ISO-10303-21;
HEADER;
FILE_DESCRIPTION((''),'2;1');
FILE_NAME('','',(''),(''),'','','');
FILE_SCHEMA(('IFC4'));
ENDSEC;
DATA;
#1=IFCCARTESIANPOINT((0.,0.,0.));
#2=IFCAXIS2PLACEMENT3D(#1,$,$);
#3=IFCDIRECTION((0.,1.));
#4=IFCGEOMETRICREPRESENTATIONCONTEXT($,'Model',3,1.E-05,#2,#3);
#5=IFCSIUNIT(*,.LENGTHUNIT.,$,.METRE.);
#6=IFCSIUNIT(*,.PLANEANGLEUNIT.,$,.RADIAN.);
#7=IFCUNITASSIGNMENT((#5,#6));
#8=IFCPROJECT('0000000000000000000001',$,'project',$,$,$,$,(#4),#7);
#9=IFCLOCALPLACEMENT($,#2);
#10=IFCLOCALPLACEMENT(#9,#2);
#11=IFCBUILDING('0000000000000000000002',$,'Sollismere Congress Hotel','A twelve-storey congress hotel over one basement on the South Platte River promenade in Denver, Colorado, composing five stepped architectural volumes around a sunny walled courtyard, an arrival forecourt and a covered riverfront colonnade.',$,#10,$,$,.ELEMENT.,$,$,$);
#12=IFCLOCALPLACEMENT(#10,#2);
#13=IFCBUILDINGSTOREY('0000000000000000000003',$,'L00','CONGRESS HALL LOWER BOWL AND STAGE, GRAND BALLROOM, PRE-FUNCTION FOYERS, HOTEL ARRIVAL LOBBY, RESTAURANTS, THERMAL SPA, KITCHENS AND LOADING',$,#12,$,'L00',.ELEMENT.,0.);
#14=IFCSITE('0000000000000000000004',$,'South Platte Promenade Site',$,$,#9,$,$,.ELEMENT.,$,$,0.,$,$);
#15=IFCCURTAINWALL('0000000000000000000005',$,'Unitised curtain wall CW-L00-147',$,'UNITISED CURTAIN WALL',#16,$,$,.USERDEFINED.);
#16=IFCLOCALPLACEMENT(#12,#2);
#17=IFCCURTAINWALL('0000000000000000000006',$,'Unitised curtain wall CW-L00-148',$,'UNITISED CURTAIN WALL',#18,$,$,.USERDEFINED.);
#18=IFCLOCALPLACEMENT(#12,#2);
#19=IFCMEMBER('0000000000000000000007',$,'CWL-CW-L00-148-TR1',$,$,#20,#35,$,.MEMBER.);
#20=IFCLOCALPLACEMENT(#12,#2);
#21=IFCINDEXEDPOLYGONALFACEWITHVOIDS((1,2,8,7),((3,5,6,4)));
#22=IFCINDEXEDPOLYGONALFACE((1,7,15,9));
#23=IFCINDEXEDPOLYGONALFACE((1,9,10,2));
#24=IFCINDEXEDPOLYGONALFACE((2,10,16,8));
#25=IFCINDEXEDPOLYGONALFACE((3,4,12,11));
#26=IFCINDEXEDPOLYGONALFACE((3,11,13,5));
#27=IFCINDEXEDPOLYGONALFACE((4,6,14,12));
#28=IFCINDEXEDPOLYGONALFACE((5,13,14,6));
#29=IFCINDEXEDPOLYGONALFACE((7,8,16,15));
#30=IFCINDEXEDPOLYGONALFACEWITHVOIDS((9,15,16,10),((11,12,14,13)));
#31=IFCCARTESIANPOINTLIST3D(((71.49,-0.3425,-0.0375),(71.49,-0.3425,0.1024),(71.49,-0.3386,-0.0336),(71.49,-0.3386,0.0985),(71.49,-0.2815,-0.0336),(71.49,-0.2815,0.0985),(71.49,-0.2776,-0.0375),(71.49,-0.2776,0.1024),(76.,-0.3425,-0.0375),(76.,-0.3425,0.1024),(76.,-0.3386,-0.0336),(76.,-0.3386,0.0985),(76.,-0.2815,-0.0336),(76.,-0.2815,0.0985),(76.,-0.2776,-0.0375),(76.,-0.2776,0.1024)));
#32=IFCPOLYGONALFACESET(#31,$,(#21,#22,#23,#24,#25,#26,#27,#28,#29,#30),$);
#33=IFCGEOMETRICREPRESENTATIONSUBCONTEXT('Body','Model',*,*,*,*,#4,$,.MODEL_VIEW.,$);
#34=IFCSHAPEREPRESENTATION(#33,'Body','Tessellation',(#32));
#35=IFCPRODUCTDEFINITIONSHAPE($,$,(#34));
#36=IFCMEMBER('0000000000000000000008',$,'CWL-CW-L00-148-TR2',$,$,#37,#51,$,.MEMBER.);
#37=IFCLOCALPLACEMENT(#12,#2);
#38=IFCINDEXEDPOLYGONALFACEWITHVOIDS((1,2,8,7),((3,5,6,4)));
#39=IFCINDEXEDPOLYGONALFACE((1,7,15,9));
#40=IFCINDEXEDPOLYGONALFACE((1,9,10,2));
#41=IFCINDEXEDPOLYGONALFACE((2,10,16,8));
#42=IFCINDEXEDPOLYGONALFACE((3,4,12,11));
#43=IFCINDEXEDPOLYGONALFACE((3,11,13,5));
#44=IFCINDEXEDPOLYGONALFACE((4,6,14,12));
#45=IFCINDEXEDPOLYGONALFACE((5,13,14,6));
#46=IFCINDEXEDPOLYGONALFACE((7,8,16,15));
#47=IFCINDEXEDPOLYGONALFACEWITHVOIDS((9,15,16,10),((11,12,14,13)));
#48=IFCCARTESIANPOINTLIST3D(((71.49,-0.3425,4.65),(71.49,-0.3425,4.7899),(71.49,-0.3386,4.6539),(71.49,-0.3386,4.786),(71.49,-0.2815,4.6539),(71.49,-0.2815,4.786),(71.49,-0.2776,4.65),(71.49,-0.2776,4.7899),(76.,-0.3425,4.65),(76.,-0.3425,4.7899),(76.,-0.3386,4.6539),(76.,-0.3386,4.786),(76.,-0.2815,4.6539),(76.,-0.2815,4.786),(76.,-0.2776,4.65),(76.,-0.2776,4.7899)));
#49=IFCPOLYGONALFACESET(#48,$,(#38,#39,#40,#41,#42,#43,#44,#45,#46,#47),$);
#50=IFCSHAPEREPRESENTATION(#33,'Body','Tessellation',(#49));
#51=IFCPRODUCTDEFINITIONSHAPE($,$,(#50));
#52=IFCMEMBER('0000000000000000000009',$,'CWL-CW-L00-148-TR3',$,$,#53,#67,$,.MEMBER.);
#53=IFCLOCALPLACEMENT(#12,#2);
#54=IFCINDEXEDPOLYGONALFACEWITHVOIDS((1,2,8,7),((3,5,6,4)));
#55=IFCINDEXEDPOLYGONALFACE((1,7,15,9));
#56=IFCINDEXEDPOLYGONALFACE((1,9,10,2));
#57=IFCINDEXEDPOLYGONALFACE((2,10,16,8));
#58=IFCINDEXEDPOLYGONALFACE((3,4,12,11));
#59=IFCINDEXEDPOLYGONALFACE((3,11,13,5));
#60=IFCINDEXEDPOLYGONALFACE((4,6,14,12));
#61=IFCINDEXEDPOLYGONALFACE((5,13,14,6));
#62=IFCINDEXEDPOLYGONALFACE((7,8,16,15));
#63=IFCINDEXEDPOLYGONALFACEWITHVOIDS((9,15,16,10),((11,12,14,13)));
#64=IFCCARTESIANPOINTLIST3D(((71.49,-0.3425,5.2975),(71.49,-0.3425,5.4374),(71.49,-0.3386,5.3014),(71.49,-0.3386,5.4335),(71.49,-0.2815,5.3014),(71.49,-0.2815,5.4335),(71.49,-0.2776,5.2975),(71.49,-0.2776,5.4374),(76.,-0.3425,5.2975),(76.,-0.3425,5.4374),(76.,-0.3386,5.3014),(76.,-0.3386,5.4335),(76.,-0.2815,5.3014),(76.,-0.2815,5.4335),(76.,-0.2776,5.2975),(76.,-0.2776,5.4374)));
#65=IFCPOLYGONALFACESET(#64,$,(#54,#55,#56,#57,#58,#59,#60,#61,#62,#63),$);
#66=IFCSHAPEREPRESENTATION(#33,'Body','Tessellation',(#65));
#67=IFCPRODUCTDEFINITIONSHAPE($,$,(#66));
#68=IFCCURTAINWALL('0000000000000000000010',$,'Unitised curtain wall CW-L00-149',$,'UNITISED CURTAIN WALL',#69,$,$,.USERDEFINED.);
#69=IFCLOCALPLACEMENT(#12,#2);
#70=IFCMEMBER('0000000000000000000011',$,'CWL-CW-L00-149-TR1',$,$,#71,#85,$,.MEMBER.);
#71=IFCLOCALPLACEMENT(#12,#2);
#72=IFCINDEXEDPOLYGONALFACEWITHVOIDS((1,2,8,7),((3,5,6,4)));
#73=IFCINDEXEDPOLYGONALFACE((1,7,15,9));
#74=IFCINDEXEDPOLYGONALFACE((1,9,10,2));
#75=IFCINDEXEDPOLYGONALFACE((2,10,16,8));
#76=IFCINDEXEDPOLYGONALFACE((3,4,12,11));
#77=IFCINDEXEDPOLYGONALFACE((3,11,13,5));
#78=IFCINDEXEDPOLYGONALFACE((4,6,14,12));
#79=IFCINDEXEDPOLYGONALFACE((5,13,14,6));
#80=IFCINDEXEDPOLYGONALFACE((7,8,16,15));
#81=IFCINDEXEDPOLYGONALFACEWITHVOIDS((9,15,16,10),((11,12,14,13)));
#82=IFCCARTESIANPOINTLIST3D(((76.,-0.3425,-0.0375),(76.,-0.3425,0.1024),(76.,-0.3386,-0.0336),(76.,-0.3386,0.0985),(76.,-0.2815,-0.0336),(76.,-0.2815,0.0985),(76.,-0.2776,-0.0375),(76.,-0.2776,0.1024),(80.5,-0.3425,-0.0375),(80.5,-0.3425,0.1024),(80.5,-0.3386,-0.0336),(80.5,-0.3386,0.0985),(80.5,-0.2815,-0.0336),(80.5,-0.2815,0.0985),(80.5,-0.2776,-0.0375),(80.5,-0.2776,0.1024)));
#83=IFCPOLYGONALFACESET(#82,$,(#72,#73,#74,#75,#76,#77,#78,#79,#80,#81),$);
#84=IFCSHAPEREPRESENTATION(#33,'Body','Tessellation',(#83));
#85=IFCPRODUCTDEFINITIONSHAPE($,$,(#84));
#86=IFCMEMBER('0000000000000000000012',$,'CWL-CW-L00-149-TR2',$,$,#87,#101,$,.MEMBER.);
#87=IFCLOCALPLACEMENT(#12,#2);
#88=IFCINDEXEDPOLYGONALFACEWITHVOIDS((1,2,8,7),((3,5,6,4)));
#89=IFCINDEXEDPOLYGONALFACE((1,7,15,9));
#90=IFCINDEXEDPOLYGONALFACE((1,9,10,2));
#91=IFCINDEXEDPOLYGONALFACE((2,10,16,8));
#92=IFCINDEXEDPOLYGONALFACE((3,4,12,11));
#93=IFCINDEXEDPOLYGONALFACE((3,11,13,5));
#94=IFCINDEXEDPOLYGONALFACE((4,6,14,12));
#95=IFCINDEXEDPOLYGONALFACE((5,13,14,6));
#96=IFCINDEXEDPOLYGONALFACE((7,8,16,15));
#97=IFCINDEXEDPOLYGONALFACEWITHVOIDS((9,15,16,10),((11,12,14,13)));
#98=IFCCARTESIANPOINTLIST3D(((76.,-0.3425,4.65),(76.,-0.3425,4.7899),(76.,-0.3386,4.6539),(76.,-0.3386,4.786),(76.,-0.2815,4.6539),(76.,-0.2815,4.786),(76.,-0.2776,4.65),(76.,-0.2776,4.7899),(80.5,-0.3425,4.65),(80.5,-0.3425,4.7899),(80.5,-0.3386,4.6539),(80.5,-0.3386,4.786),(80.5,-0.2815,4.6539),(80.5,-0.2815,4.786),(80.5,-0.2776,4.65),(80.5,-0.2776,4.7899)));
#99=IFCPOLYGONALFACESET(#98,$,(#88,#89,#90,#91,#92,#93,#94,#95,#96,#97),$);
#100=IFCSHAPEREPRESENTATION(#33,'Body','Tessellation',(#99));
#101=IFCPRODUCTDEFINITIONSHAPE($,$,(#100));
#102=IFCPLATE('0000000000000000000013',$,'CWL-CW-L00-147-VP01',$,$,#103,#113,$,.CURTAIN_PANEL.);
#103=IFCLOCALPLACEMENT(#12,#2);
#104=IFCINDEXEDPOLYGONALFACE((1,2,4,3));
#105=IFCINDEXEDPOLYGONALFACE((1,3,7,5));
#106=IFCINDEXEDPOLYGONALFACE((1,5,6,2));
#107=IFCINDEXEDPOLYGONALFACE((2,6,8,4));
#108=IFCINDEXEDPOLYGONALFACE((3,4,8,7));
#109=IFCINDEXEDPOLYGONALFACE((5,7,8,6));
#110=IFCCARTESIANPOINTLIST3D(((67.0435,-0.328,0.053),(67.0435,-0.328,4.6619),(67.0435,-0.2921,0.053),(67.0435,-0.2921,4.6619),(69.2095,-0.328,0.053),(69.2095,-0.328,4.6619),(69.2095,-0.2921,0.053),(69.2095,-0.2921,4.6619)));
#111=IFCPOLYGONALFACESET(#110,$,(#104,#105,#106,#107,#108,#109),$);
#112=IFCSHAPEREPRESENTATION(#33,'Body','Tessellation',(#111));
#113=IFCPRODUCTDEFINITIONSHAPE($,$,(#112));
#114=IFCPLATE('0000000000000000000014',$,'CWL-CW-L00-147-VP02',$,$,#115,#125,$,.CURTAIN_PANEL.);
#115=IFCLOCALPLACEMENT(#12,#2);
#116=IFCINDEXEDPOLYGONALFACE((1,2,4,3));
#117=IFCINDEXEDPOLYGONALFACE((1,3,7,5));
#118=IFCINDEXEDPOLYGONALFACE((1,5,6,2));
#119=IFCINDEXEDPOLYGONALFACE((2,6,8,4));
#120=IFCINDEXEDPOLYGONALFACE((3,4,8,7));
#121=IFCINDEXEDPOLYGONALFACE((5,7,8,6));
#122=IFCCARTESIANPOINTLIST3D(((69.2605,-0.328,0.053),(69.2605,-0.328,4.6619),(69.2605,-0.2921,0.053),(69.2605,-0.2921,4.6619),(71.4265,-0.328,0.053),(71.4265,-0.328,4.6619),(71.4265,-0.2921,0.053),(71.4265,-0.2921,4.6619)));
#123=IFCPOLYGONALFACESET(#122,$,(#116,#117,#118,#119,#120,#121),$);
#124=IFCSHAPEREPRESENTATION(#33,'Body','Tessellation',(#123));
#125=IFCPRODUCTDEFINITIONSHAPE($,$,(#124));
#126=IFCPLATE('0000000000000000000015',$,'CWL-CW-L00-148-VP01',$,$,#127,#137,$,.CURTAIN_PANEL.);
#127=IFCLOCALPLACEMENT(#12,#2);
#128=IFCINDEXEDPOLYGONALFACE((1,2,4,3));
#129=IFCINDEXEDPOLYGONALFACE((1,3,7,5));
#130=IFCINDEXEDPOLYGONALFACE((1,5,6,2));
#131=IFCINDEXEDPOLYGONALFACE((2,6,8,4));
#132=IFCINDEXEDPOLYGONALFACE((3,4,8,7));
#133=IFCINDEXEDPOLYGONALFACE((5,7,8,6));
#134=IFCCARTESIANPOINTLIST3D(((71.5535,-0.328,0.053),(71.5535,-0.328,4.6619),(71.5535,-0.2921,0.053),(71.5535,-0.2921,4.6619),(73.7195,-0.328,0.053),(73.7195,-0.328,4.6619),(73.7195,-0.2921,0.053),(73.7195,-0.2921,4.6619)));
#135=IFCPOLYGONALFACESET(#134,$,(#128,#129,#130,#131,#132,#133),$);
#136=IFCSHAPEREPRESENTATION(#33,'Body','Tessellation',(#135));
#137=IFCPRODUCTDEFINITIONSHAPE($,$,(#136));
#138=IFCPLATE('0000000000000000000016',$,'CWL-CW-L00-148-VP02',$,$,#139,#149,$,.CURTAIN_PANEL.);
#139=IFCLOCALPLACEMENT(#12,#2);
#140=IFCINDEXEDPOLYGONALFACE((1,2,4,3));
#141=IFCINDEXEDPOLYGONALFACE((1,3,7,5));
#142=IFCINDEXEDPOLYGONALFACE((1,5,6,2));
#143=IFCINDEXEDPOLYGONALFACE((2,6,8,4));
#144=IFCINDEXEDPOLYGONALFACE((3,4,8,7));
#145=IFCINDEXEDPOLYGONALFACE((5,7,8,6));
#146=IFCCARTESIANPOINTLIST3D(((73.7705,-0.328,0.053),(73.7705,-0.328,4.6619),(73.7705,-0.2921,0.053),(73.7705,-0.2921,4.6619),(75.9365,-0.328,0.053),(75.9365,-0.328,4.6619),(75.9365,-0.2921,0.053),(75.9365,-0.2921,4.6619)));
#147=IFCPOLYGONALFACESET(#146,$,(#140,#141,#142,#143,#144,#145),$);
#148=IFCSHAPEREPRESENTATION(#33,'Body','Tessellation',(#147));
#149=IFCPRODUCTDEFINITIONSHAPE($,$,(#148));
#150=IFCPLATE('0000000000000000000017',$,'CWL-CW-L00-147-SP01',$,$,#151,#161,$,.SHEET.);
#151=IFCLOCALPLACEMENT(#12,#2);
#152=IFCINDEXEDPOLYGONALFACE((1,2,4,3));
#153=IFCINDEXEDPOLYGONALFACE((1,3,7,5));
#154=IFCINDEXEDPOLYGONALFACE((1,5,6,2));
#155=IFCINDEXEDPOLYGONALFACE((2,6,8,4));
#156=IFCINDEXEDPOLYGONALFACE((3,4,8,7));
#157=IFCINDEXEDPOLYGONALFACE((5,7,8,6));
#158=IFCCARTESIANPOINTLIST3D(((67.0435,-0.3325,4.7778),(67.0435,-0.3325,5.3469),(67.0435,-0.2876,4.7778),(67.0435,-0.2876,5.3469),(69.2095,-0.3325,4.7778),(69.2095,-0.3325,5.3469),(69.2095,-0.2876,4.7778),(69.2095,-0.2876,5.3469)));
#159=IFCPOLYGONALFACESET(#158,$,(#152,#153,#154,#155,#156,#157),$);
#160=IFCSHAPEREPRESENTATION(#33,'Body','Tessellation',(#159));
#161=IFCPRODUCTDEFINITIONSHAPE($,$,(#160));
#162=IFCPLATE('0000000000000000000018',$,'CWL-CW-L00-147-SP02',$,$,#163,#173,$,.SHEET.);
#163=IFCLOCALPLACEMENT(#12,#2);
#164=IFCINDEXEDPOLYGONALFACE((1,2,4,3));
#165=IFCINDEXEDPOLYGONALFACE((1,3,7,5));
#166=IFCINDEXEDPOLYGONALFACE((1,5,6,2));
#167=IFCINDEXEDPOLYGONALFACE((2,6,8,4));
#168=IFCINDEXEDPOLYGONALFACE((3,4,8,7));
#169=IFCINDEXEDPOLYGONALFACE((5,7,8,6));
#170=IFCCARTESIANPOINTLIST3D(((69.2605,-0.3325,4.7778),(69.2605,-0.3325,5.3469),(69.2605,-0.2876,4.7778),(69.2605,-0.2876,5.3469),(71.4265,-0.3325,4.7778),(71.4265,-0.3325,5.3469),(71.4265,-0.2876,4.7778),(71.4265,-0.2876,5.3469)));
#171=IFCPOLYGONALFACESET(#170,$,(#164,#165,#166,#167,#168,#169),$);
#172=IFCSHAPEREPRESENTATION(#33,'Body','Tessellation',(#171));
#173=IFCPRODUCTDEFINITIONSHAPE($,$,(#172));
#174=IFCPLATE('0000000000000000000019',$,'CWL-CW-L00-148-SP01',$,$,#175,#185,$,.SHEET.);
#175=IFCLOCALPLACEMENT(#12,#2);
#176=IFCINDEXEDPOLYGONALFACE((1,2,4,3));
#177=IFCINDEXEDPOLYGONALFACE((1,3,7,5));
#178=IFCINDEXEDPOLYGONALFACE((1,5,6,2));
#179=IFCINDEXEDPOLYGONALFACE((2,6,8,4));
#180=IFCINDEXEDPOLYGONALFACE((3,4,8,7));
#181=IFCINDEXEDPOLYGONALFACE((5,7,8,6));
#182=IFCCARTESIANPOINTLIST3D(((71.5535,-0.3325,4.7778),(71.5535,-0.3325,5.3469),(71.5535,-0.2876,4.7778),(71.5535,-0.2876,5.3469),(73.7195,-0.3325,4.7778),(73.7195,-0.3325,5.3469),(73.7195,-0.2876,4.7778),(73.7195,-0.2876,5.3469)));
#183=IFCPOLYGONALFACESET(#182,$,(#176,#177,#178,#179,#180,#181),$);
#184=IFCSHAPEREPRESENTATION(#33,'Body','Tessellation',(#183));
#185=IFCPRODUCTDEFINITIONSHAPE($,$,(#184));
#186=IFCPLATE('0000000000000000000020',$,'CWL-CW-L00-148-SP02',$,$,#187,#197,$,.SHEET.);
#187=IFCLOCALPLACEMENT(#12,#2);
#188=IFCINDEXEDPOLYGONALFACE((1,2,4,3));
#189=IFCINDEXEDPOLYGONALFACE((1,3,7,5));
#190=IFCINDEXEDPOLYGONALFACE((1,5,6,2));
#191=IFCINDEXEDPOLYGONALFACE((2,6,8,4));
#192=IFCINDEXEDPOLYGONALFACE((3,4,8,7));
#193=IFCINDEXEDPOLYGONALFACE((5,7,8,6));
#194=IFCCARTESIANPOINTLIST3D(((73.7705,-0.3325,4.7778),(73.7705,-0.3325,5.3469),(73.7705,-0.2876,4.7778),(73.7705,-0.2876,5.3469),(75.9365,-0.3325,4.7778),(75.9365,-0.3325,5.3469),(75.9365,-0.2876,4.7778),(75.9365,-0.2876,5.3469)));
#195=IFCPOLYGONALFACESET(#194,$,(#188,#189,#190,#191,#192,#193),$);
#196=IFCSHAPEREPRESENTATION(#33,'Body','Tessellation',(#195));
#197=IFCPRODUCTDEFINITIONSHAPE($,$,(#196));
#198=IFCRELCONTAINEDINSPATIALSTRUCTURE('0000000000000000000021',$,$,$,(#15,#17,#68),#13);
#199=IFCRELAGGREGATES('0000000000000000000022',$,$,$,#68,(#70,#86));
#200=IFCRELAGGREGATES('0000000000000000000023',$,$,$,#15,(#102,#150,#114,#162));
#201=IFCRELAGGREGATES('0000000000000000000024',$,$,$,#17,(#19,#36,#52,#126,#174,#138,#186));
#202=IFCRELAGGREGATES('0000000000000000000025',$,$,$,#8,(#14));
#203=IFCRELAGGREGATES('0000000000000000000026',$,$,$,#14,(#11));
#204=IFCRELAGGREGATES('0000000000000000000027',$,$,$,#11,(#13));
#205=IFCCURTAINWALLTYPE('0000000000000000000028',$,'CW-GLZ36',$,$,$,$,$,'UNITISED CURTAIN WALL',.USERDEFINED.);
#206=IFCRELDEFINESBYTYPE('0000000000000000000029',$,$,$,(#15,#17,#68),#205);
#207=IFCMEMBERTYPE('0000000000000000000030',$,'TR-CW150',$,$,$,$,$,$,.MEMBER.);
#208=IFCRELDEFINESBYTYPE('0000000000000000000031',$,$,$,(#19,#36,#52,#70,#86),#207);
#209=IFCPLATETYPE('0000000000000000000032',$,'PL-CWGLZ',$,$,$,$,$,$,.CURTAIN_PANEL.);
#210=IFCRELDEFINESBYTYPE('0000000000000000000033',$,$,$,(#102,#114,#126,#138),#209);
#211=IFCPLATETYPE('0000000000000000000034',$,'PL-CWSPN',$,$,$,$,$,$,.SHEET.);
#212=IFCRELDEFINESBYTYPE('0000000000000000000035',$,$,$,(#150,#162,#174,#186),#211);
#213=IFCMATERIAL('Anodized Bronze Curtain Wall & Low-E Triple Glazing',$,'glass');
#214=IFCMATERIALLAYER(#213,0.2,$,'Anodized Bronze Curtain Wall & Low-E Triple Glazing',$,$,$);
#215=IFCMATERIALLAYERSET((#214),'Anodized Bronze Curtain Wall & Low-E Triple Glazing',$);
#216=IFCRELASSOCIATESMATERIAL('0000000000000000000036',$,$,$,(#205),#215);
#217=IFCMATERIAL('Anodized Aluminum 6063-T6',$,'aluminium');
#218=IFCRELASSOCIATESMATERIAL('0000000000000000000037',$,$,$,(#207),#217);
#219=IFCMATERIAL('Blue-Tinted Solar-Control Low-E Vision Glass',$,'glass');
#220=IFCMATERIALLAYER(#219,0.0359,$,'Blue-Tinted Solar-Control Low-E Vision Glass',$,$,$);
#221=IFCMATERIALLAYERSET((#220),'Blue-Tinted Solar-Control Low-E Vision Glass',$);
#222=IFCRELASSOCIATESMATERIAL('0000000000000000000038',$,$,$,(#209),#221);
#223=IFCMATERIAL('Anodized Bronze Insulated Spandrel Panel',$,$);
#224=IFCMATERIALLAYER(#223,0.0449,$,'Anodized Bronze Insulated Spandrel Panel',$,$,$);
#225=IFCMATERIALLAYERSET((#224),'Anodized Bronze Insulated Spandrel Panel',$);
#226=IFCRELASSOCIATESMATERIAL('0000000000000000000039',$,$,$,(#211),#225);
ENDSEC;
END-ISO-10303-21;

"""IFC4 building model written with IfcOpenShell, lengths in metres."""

from ifc_helpers import new_model, si_unit, direction, frame, origin, origin_2d, place, context, subcontext, project, spatial, rectangle, hollow_rectangle, extrude, material, layer, layer_set, material_profile, profile_set, type_object, element, aggregate, save


model = new_model("IFC4")

# Units and contexts
model_context = context("Model", 3, precision=1e-05, world=origin(), true_north=direction((0.0, 1.0)))
body_context = subcontext(model_context, "Body", "Model", "MODEL_VIEW")
ifc_project = project(units=[si_unit("LENGTHUNIT", "METRE"), si_unit("PLANEANGLEUNIT", "RADIAN")], contexts=[model_context])

# Site, building, storey
site_placement = place(None, origin())
site = spatial("IfcSite", under=ifc_project, at=site_placement, Name="South Platte Promenade Site", CompositionType="ELEMENT", RefElevation=0.0)
building_placement = place(site_placement, origin())
building = spatial("IfcBuilding", under=site, at=building_placement, Name="Sollismere Congress Hotel", Description="A twelve-storey congress hotel over one basement on the South Platte River promenade in Denver, Colorado, composing five stepped architectural volumes around a sunny walled courtyard, an arrival forecourt and a covered riverfront colonnade.", CompositionType="ELEMENT")
storey_placement = place(building_placement, origin())
storey = spatial("IfcBuildingStorey", under=building, at=storey_placement, Name="L00", Description="CONGRESS HALL LOWER BOWL AND STAGE, GRAND BALLROOM, PRE-FUNCTION FOYERS, HOTEL ARRIVAL LOBBY, RESTAURANTS, THERMAL SPA, KITCHENS AND LOADING", LongName="L00", CompositionType="ELEMENT", Elevation=0.0)

# Curtain walls, members
ifc_material_1 = material(Name="Anodized Bronze Curtain Wall & Low-E Triple Glazing", Category="glass")
ifc_layer_1 = layer(ifc_material_1, 0.2, Name="Anodized Bronze Curtain Wall & Low-E Triple Glazing")
ifc_layer_set_1 = layer_set([ifc_layer_1], Name="Anodized Bronze Curtain Wall & Low-E Triple Glazing")
curtain_wall_type = type_object("IfcCurtainWallType", Name="CW-GLZ36", ElementType="UNITISED CURTAIN WALL", PredefinedType="USERDEFINED", material=ifc_layer_set_1)
curtain_wall_1_placement = place(storey_placement, origin())
curtain_wall_1 = element("IfcCurtainWall", 1, at=curtain_wall_1_placement, inside=storey, type_object=curtain_wall_type, Name="Unitised curtain wall CW-L00-147", ObjectType="UNITISED CURTAIN WALL", PredefinedType="USERDEFINED")
ifc_material_2 = material(Name="Anodized Aluminum 6063-T6", Category="aluminium")
curtain_wall_2_placement = place(storey_placement, origin())
curtain_wall_2 = element("IfcCurtainWall", 2, at=curtain_wall_2_placement, inside=storey, type_object=curtain_wall_type, Name="Unitised curtain wall CW-L00-148", ObjectType="UNITISED CURTAIN WALL", PredefinedType="USERDEFINED")
ifc_material_profile_1 = material_profile(ifc_material_2, hollow_rectangle(XDim=0.0649, YDim=0.1399, WallThickness=0.0039, at=origin_2d()), Name="ALU140X65X4")
ifc_profile_set_1 = profile_set([ifc_material_profile_1], Name="Anodized Aluminum 6063-T6")
member_type_1 = type_object("IfcMemberType", Name="TR-CW150", PredefinedType="MEMBER", material=ifc_profile_set_1)
member_1_placement = place(storey_placement, frame((71.49, -0.3101, 0.0325), z_axis=(1.0, 0.0, 0.0), x_axis=(0.0, 1.0, 0.0)))
member_1 = element("IfcMember", 3, at=member_1_placement, type_object=member_type_1, Name="CWL-CW-L00-148-TR1", PredefinedType="MEMBER", context=body_context, shape_type="SweptSolid", body=[
    extrude(hollow_rectangle(XDim=0.0649, YDim=0.1399, WallThickness=0.0039, at=origin_2d()), origin(), (0.0, 0.0, 1.0), 4.51),
])
member_2_placement = place(storey_placement, frame((71.49, -0.3101, 4.72), z_axis=(1.0, 0.0, 0.0), x_axis=(0.0, 1.0, 0.0)))
member_2 = element("IfcMember", 4, at=member_2_placement, type_object=member_type_1, Name="CWL-CW-L00-148-TR2", PredefinedType="MEMBER", context=body_context, shape_type="SweptSolid", body=[
    extrude(hollow_rectangle(XDim=0.0649, YDim=0.1399, WallThickness=0.0039, at=origin_2d()), origin(), (0.0, 0.0, 1.0), 4.51),
])
member_3_placement = place(storey_placement, frame((71.49, -0.3101, 5.3674), z_axis=(1.0, 0.0, 0.0), x_axis=(0.0, 1.0, 0.0)))
member_3 = element("IfcMember", 5, at=member_3_placement, type_object=member_type_1, Name="CWL-CW-L00-148-TR3", PredefinedType="MEMBER", context=body_context, shape_type="SweptSolid", body=[
    extrude(hollow_rectangle(XDim=0.0649, YDim=0.1399, WallThickness=0.0039, at=origin_2d()), origin(), (0.0, 0.0, 1.0), 4.51),
])
curtain_wall_3_placement = place(storey_placement, origin())
curtain_wall_3 = element("IfcCurtainWall", 6, at=curtain_wall_3_placement, inside=storey, type_object=curtain_wall_type, Name="Unitised curtain wall CW-L00-149", ObjectType="UNITISED CURTAIN WALL", PredefinedType="USERDEFINED")
member_4_placement = place(storey_placement, frame((76.0, -0.3101, 0.0325), z_axis=(1.0, 0.0, 0.0), x_axis=(0.0, 1.0, 0.0)))
member_4 = element("IfcMember", 7, at=member_4_placement, type_object=member_type_1, Name="CWL-CW-L00-149-TR1", PredefinedType="MEMBER", context=body_context, shape_type="SweptSolid", body=[
    extrude(hollow_rectangle(XDim=0.0649, YDim=0.1399, WallThickness=0.0039, at=origin_2d()), origin(), (0.0, 0.0, 1.0), 4.5),
])
member_5_placement = place(storey_placement, frame((76.0, -0.3101, 4.72), z_axis=(1.0, 0.0, 0.0), x_axis=(0.0, 1.0, 0.0)))
member_5 = element("IfcMember", 8, at=member_5_placement, type_object=member_type_1, Name="CWL-CW-L00-149-TR2", PredefinedType="MEMBER", context=body_context, shape_type="SweptSolid", body=[
    extrude(hollow_rectangle(XDim=0.0649, YDim=0.1399, WallThickness=0.0039, at=origin_2d()), origin(), (0.0, 0.0, 1.0), 4.5),
])
aggregate(curtain_wall_3, [member_4, member_5])

# Plates
ifc_material_3 = material(Name="Blue-Tinted Solar-Control Low-E Vision Glass", Category="glass")
ifc_layer_2 = layer(ifc_material_3, 0.0359, Name="Blue-Tinted Solar-Control Low-E Vision Glass")
ifc_layer_set_2 = layer_set([ifc_layer_2], Name="Blue-Tinted Solar-Control Low-E Vision Glass")
plate_type_1 = type_object("IfcPlateType", Name="PL-CWGLZ", PredefinedType="CURTAIN_PANEL", material=ifc_layer_set_2)
plate_1_placement = place(storey_placement, frame((68.1265, -0.3101, 0.053), z_axis=(0.0, 0.0, 1.0), x_axis=(1.0, 0.0, 0.0)))
plate_1 = element("IfcPlate", 9, at=plate_1_placement, type_object=plate_type_1, Name="CWL-CW-L00-147-VP01", PredefinedType="CURTAIN_PANEL", context=body_context, shape_type="SweptSolid", body=[
    extrude(rectangle(XDim=2.166, YDim=0.0359, at=origin_2d()), origin(), (0.0, 0.0, 1.0), 4.6089),
])
plate_2_placement = place(storey_placement, frame((70.3435, -0.3101, 0.053), z_axis=(0.0, 0.0, 1.0), x_axis=(1.0, 0.0, 0.0)))
plate_2 = element("IfcPlate", 10, at=plate_2_placement, type_object=plate_type_1, Name="CWL-CW-L00-147-VP02", PredefinedType="CURTAIN_PANEL", context=body_context, shape_type="SweptSolid", body=[
    extrude(rectangle(XDim=2.166, YDim=0.0359, at=origin_2d()), origin(), (0.0, 0.0, 1.0), 4.6089),
])
plate_3_placement = place(storey_placement, frame((72.6365, -0.3101, 0.053), z_axis=(0.0, 0.0, 1.0), x_axis=(1.0, 0.0, 0.0)))
plate_3 = element("IfcPlate", 11, at=plate_3_placement, type_object=plate_type_1, Name="CWL-CW-L00-148-VP01", PredefinedType="CURTAIN_PANEL", context=body_context, shape_type="SweptSolid", body=[
    extrude(rectangle(XDim=2.166, YDim=0.0359, at=origin_2d()), origin(), (0.0, 0.0, 1.0), 4.6089),
])
plate_4_placement = place(storey_placement, frame((74.8535, -0.3101, 0.053), z_axis=(0.0, 0.0, 1.0), x_axis=(1.0, 0.0, 0.0)))
plate_4 = element("IfcPlate", 12, at=plate_4_placement, type_object=plate_type_1, Name="CWL-CW-L00-148-VP02", PredefinedType="CURTAIN_PANEL", context=body_context, shape_type="SweptSolid", body=[
    extrude(rectangle(XDim=2.166, YDim=0.0359, at=origin_2d()), origin(), (0.0, 0.0, 1.0), 4.6089),
])
ifc_material_4 = material(Name="Anodized Bronze Insulated Spandrel Panel")
ifc_layer_3 = layer(ifc_material_4, 0.0449, Name="Anodized Bronze Insulated Spandrel Panel")
ifc_layer_set_3 = layer_set([ifc_layer_3], Name="Anodized Bronze Insulated Spandrel Panel")
plate_type_2 = type_object("IfcPlateType", Name="PL-CWSPN", PredefinedType="SHEET", material=ifc_layer_set_3)
plate_5_placement = place(storey_placement, frame((68.1265, -0.3101, 4.7778), z_axis=(0.0, 0.0, 1.0), x_axis=(1.0, 0.0, 0.0)))
plate_5 = element("IfcPlate", 13, at=plate_5_placement, type_object=plate_type_2, Name="CWL-CW-L00-147-SP01", PredefinedType="SHEET", context=body_context, shape_type="SweptSolid", body=[
    extrude(rectangle(XDim=2.166, YDim=0.0449, at=origin_2d()), origin(), (0.0, 0.0, 1.0), 0.5691),
])
plate_6_placement = place(storey_placement, frame((70.3435, -0.3101, 4.7778), z_axis=(0.0, 0.0, 1.0), x_axis=(1.0, 0.0, 0.0)))
plate_6 = element("IfcPlate", 14, at=plate_6_placement, type_object=plate_type_2, Name="CWL-CW-L00-147-SP02", PredefinedType="SHEET", context=body_context, shape_type="SweptSolid", body=[
    extrude(rectangle(XDim=2.166, YDim=0.0449, at=origin_2d()), origin(), (0.0, 0.0, 1.0), 0.5691),
])
aggregate(curtain_wall_1, [plate_1, plate_5, plate_2, plate_6])
plate_7_placement = place(storey_placement, frame((72.6365, -0.3101, 4.7778), z_axis=(0.0, 0.0, 1.0), x_axis=(1.0, 0.0, 0.0)))
plate_7 = element("IfcPlate", 15, at=plate_7_placement, type_object=plate_type_2, Name="CWL-CW-L00-148-SP01", PredefinedType="SHEET", context=body_context, shape_type="SweptSolid", body=[
    extrude(rectangle(XDim=2.166, YDim=0.0449, at=origin_2d()), origin(), (0.0, 0.0, 1.0), 0.5691),
])
plate_8_placement = place(storey_placement, frame((74.8535, -0.3101, 4.7778), z_axis=(0.0, 0.0, 1.0), x_axis=(1.0, 0.0, 0.0)))
plate_8 = element("IfcPlate", 16, at=plate_8_placement, type_object=plate_type_2, Name="CWL-CW-L00-148-SP02", PredefinedType="SHEET", context=body_context, shape_type="SweptSolid", body=[
    extrude(rectangle(XDim=2.166, YDim=0.0449, at=origin_2d()), origin(), (0.0, 0.0, 1.0), 0.5691),
])
aggregate(curtain_wall_2, [member_1, member_2, member_3, plate_3, plate_7, plate_4, plate_8])

save(model, "model.ifc")
